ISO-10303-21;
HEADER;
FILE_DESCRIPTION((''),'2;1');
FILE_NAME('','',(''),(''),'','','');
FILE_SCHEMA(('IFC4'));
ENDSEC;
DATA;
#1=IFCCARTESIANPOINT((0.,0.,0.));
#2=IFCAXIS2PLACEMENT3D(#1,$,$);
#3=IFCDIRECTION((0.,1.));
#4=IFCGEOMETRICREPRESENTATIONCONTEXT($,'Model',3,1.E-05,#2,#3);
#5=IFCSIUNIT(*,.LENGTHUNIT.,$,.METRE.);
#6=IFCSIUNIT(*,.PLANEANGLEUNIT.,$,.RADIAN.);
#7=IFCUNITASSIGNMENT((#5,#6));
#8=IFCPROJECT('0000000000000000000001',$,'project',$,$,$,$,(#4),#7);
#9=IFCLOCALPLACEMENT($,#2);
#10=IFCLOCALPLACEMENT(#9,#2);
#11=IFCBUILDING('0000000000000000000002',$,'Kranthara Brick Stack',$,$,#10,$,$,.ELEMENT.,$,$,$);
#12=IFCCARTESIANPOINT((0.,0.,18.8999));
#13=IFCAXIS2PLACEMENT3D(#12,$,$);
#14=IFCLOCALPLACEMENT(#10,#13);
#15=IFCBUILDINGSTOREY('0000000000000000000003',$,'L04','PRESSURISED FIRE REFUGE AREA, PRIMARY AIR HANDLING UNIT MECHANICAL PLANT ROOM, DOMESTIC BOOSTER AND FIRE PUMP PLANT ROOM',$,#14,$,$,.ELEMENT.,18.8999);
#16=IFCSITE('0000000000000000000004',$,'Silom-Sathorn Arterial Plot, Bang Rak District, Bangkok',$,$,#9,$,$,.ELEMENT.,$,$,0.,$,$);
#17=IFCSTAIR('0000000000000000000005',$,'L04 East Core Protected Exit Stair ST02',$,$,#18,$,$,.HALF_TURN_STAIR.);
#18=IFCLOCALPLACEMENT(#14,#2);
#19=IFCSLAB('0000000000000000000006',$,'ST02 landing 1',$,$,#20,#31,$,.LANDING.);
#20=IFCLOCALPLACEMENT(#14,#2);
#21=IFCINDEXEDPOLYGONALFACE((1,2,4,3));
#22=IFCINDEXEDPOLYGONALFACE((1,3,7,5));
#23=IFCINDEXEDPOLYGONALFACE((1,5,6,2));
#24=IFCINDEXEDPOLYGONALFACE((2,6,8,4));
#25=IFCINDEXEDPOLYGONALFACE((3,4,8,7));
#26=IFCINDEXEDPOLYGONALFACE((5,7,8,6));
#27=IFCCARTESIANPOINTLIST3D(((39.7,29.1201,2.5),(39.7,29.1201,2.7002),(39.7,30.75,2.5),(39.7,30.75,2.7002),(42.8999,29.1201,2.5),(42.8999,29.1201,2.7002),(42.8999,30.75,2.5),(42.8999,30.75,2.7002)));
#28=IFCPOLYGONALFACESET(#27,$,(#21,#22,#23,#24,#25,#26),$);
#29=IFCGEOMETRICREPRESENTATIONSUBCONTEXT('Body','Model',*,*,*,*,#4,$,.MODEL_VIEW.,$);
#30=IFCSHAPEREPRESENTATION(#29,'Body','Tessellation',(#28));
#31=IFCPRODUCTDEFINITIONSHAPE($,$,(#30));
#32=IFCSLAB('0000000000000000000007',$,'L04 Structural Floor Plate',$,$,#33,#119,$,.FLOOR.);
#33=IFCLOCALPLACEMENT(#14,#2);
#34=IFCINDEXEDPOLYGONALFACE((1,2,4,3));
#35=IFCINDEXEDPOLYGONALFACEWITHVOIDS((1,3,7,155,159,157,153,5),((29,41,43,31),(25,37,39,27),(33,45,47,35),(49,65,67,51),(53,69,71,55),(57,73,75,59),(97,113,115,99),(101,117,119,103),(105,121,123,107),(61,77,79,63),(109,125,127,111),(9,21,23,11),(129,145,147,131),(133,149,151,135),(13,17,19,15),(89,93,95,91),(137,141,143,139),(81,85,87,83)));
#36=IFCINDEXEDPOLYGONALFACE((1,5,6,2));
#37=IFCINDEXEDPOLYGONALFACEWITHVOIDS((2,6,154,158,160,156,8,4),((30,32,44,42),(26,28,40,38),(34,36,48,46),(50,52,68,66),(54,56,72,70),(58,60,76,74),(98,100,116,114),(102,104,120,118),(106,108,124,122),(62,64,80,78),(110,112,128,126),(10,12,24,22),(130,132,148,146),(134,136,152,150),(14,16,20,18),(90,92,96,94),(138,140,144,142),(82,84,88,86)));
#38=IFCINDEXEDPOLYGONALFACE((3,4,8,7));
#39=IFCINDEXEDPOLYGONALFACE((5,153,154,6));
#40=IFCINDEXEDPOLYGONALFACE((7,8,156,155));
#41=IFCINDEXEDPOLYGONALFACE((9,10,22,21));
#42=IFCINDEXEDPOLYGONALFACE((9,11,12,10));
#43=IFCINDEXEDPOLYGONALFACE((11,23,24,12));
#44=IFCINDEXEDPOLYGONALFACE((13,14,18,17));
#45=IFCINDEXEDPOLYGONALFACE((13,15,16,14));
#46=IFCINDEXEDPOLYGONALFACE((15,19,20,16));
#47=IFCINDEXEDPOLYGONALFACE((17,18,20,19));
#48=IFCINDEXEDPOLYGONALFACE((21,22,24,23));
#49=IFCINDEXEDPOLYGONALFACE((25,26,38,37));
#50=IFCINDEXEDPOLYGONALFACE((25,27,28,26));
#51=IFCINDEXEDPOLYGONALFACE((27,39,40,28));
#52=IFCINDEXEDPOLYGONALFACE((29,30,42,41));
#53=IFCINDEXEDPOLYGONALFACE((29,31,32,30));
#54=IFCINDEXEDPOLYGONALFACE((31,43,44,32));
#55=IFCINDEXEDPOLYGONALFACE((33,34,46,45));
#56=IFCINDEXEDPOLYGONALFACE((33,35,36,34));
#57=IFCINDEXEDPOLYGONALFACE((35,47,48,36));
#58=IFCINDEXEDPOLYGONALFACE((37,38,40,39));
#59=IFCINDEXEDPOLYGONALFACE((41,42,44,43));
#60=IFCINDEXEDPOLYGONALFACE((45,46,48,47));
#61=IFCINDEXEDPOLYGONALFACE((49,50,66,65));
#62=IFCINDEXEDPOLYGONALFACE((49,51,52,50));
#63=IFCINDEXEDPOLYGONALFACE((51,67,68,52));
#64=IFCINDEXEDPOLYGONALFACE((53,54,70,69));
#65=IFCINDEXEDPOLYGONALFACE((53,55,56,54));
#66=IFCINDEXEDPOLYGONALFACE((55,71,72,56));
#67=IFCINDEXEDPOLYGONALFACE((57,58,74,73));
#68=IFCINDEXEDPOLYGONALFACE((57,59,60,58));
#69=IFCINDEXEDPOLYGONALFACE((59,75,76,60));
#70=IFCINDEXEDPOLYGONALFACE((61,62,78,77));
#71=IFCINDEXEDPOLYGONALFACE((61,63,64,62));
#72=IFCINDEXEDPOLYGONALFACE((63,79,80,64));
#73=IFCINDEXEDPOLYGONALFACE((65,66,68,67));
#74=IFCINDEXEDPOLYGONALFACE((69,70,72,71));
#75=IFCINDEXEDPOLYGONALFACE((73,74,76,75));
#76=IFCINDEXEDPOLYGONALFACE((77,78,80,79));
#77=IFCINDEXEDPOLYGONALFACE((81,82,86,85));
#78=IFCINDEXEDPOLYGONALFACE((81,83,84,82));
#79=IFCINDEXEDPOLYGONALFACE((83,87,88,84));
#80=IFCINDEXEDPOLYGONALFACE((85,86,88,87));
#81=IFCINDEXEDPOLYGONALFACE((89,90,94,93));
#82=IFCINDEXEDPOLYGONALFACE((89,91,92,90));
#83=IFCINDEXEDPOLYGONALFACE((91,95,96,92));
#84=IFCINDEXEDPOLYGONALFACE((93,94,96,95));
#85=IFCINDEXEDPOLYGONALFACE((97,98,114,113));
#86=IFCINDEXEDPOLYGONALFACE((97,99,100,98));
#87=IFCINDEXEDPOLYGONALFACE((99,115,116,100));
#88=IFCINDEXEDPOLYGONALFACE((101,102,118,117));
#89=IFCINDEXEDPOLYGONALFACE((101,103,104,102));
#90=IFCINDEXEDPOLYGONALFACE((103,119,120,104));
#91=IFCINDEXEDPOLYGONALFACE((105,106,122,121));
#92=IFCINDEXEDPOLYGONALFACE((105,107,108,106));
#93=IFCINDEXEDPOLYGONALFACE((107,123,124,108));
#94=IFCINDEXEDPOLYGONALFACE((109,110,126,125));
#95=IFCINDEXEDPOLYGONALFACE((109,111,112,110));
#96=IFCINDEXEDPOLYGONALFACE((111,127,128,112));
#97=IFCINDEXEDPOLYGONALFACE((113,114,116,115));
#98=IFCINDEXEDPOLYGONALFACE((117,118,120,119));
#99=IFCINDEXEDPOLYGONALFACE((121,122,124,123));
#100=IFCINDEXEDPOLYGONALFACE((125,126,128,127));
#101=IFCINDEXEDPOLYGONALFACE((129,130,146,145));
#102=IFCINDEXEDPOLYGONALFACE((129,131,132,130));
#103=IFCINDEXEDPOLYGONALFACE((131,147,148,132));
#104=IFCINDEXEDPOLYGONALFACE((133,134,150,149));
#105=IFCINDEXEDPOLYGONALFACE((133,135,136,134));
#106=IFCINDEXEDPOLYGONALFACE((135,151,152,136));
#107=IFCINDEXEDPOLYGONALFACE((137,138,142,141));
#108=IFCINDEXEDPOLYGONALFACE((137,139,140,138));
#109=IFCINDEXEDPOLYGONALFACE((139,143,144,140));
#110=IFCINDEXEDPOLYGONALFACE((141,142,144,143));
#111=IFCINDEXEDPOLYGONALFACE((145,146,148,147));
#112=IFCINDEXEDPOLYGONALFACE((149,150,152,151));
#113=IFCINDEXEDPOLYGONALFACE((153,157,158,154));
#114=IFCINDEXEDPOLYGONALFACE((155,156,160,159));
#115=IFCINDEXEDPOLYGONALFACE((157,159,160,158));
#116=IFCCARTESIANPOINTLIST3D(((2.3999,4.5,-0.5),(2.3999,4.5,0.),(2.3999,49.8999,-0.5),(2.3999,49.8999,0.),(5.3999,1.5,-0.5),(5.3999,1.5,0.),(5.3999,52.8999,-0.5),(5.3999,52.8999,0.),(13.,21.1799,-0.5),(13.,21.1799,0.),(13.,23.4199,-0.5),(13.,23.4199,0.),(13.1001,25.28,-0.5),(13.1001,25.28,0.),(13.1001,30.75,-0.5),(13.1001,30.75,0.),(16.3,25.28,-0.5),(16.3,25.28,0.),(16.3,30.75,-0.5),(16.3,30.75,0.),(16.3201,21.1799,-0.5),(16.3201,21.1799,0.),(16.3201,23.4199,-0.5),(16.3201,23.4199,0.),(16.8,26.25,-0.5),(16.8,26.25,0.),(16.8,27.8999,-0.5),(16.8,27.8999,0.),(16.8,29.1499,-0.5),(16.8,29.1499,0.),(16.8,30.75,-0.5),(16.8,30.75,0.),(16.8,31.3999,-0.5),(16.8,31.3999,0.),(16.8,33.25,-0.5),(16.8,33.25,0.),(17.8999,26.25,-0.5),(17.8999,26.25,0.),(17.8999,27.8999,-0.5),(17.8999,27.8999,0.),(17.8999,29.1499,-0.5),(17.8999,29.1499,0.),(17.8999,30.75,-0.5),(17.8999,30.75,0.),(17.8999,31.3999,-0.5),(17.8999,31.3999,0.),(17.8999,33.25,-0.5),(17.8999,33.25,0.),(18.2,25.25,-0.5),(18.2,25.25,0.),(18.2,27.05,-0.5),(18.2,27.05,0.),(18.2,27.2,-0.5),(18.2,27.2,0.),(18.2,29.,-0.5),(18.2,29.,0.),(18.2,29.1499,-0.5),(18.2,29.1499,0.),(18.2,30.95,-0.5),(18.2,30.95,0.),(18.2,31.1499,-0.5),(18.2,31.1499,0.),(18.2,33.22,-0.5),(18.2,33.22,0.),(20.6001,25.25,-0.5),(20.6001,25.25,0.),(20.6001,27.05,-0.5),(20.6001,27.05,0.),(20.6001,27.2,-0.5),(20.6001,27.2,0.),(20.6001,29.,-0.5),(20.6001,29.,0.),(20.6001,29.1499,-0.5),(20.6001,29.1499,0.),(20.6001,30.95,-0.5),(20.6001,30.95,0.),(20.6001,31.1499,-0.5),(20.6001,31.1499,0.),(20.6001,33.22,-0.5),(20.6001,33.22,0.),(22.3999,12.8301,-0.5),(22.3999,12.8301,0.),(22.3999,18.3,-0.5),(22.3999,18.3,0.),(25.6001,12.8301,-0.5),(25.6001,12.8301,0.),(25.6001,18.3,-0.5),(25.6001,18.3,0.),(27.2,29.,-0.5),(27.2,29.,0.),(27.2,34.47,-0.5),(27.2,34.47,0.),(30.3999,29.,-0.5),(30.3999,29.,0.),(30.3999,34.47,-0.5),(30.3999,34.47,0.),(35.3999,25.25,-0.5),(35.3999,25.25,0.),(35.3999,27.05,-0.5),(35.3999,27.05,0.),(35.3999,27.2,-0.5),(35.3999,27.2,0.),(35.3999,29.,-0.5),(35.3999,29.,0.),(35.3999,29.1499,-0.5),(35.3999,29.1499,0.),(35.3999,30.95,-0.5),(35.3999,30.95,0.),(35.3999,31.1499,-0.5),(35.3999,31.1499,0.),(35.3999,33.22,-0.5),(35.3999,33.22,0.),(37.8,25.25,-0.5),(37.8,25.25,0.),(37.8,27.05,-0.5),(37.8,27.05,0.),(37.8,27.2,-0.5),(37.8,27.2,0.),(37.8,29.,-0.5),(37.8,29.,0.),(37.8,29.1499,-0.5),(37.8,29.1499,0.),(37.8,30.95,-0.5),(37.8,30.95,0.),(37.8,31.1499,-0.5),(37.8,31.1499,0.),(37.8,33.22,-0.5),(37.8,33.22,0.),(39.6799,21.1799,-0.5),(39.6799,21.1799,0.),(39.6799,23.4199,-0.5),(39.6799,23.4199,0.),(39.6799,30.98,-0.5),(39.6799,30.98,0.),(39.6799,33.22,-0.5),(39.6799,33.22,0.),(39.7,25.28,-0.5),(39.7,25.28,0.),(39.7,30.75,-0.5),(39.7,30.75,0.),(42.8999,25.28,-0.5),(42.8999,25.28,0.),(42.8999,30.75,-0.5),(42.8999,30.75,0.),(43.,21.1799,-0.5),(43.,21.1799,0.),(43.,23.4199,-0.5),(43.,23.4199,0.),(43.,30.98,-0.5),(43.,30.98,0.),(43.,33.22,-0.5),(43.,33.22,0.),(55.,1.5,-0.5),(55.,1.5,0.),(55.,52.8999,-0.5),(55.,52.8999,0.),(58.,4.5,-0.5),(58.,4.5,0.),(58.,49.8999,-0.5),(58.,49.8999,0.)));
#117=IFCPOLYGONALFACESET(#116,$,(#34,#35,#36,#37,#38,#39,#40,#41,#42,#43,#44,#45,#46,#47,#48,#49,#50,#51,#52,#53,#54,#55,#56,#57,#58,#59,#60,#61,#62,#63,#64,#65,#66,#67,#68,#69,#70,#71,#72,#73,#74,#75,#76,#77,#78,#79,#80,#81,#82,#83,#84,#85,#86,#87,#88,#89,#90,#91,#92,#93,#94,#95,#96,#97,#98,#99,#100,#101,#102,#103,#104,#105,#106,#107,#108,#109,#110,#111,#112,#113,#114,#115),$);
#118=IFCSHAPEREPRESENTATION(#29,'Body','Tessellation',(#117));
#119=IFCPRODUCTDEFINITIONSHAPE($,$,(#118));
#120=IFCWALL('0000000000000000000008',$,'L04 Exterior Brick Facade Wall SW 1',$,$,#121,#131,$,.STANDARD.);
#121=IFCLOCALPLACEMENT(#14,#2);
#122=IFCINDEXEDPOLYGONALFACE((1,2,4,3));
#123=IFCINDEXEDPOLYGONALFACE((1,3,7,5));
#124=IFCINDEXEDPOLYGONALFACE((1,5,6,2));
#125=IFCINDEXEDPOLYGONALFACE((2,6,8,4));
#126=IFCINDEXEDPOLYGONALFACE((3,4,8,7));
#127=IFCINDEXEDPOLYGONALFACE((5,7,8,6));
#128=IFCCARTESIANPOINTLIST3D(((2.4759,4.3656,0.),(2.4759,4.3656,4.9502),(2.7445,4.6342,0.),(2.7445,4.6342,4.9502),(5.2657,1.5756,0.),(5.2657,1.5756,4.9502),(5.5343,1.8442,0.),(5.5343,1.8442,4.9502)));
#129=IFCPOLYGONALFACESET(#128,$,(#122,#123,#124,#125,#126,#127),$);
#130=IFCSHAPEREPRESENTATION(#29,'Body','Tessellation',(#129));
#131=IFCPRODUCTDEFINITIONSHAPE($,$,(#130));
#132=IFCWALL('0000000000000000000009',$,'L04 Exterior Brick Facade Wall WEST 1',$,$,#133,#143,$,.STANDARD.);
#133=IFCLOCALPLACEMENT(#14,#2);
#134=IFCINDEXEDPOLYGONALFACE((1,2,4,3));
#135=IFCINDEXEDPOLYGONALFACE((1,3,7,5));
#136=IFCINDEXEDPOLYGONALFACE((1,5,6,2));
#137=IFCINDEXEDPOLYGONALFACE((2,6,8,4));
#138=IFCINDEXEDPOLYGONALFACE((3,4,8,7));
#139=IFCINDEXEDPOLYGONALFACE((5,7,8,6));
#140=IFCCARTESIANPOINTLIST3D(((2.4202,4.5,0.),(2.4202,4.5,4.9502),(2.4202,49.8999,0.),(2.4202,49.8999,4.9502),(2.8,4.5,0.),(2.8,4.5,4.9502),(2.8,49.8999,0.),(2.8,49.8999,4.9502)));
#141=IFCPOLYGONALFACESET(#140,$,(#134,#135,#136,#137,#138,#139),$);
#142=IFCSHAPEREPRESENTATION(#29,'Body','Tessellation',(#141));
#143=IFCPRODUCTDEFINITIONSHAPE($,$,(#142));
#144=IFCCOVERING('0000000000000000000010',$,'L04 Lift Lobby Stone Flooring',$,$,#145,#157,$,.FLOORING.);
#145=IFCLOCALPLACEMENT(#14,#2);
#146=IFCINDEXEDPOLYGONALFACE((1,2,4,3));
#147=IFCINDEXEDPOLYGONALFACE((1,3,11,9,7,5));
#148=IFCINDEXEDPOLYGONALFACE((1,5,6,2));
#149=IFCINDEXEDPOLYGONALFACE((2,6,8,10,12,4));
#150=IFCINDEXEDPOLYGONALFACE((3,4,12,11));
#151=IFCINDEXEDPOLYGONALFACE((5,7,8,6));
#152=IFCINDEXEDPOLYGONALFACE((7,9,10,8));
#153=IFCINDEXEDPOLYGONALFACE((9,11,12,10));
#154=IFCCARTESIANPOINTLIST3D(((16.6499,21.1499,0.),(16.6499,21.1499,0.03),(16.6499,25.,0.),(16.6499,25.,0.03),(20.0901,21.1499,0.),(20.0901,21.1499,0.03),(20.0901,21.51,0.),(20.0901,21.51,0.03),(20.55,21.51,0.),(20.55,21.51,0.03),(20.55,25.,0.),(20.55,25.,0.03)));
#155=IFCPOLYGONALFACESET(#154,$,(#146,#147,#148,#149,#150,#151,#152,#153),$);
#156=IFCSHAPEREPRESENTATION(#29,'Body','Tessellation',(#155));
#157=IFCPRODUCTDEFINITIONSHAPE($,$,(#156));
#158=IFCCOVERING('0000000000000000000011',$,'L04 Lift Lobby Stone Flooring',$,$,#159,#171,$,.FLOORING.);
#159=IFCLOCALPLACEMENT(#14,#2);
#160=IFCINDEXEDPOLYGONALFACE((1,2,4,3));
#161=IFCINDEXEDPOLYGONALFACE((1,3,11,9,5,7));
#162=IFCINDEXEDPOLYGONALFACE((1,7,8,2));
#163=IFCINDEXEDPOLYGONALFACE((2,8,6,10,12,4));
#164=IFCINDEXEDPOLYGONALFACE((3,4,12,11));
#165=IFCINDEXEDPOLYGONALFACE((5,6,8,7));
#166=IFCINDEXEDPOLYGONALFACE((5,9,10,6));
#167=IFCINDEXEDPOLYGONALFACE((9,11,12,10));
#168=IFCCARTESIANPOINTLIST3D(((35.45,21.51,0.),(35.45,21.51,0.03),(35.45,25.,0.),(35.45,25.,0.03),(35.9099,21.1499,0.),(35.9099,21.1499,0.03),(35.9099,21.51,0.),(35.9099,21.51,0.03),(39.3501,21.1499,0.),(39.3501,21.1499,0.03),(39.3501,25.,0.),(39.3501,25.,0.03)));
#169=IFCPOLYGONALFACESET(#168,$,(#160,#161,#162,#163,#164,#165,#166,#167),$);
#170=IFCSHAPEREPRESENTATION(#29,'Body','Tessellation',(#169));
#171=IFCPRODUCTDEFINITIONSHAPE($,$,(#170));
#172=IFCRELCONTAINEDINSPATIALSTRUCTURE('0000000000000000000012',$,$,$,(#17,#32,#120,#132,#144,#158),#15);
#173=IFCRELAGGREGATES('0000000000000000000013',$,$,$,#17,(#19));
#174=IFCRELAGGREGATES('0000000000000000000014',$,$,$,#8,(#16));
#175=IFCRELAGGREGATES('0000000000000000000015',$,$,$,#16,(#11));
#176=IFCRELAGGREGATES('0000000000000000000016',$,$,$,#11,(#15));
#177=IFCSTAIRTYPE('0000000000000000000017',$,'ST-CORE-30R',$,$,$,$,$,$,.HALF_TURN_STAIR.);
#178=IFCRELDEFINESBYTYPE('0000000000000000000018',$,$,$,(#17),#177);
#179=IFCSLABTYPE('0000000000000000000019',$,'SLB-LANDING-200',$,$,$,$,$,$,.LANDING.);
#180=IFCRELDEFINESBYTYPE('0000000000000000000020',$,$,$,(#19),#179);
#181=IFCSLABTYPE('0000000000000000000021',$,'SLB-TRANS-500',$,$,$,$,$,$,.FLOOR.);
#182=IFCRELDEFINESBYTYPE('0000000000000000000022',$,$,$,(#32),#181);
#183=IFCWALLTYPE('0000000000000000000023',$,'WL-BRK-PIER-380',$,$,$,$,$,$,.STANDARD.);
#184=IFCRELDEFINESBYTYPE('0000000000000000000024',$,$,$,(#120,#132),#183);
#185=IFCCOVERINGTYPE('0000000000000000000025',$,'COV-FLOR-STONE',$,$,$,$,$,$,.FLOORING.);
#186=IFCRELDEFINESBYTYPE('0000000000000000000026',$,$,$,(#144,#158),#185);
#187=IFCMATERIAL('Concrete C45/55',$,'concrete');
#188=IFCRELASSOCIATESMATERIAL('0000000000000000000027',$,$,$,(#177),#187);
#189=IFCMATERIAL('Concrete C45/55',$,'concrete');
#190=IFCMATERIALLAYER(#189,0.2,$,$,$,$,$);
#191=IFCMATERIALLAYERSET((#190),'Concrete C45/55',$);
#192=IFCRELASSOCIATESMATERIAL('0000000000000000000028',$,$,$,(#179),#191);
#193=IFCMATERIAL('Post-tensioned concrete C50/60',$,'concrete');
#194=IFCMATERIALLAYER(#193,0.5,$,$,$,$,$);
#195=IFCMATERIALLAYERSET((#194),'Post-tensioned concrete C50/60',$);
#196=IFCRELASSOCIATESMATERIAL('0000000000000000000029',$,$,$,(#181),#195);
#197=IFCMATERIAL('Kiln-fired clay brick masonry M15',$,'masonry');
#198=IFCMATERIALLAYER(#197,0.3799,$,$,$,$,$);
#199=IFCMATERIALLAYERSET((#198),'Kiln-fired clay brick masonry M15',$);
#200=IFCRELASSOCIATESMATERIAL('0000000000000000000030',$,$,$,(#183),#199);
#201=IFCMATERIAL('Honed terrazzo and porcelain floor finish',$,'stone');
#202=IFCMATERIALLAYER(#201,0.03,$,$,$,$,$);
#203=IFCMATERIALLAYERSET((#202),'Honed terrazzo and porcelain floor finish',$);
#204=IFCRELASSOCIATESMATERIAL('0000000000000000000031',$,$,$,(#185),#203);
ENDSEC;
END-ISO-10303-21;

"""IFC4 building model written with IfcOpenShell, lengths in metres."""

from ifc_helpers import new_model, si_unit, direction, frame, frame_2d, origin, place, context, subcontext, project, spatial, polyline, rectangle, outline, extrude, material, layer, layer_set, type_object, element, aggregate, save


model = new_model("IFC4")

# Units and contexts
model_context = context("Model", 3, precision=1e-05, world=origin(), true_north=direction((0.0, 1.0)))
body_context = subcontext(model_context, "Body", "Model", "MODEL_VIEW")
ifc_project = project(units=[si_unit("LENGTHUNIT", "METRE"), si_unit("PLANEANGLEUNIT", "RADIAN")], contexts=[model_context])

# Site, building, storey
site_placement = place(None, origin())
site = spatial("IfcSite", under=ifc_project, at=site_placement, Name="Silom-Sathorn Arterial Plot, Bang Rak District, Bangkok", CompositionType="ELEMENT", RefElevation=0.0)
building_placement = place(site_placement, origin())
building = spatial("IfcBuilding", under=site, at=building_placement, Name="Kranthara Brick Stack", CompositionType="ELEMENT")
storey_placement = place(building_placement, frame((0.0, 0.0, 18.8999)))
storey = spatial("IfcBuildingStorey", under=building, at=storey_placement, Name="L04", Description="PRESSURISED FIRE REFUGE AREA, PRIMARY AIR HANDLING UNIT MECHANICAL PLANT ROOM, DOMESTIC BOOSTER AND FIRE PUMP PLANT ROOM", CompositionType="ELEMENT", Elevation=18.8999)

# Stair, slab
ifc_material_1 = material(Name="Concrete C45/55", Category="concrete")
stair_type = type_object("IfcStairType", Name="ST-CORE-30R", PredefinedType="HALF_TURN_STAIR", material=ifc_material_1)
ifc_material_2 = material(Name="Concrete C45/55", Category="concrete")
ifc_layer_1 = layer(ifc_material_2, 0.2)
ifc_layer_set_1 = layer_set([ifc_layer_1], Name="Concrete C45/55")
slab_type_1 = type_object("IfcSlabType", Name="SLB-LANDING-200", PredefinedType="LANDING", material=ifc_layer_set_1)
stair_1_placement = place(storey_placement, origin())
stair_1 = element("IfcStair", 1, at=stair_1_placement, inside=storey, type_object=stair_type, Name="L04 East Core Protected Exit Stair ST02", PredefinedType="HALF_TURN_STAIR")
slab_1_placement = place(storey_placement, frame((0.0, 0.0, 2.5)))
slab_1 = element("IfcSlab", 2, at=slab_1_placement, type_object=slab_type_1, Name="ST02 landing 1", PredefinedType="LANDING", context=body_context, shape_type="SweptSolid", body=[
    extrude(outline(polyline([(42.8999, 29.1201), (42.8999, 30.75), (39.7, 30.75), (39.7, 29.1201), (42.8999, 29.1201)])), origin(), (0.0, 0.0, 1.0), 0.2002),
])
aggregate(stair_1, [slab_1])

# Slab
ifc_material_3 = material(Name="Post-tensioned concrete C50/60", Category="concrete")
ifc_layer_2 = layer(ifc_material_3, 0.5)
ifc_layer_set_2 = layer_set([ifc_layer_2], Name="Post-tensioned concrete C50/60")
slab_type_2 = type_object("IfcSlabType", Name="SLB-TRANS-500", PredefinedType="FLOOR", material=ifc_layer_set_2)
slab_2_placement = place(storey_placement, frame((0.0, 0.0, -0.5)))
element("IfcSlab", 3, at=slab_2_placement, inside=storey, type_object=slab_type_2, Name="L04 Structural Floor Plate", PredefinedType="FLOOR", context=body_context, shape_type="SweptSolid", body=[
    extrude(outline(polyline([(5.3999, 1.5), (55.0, 1.5), (58.0, 4.5), (58.0, 49.8999), (55.0, 52.8999), (5.3999, 52.8999), (2.3999, 49.8999), (2.3999, 4.5), (5.3999, 1.5)]), holes=[polyline([(13.1001, 25.28), (16.3, 25.28), (16.3, 30.75), (13.1001, 30.75), (13.1001, 25.28)]), polyline([(39.7, 25.28), (42.8999, 25.28), (42.8999, 30.75), (39.7, 30.75), (39.7, 25.28)]), polyline([(22.3999, 12.8301), (25.6001, 12.8301), (25.6001, 18.3), (22.3999, 18.3), (22.3999, 12.8301)]), polyline([(27.2, 29.0), (30.3999, 29.0), (30.3999, 34.47), (27.2, 34.47), (27.2, 29.0)]), polyline([(13.0, 21.1799), (16.3201, 21.1799), (16.3201, 23.4199), (13.0, 23.4199), (13.0, 21.1799)]), polyline([(39.6799, 21.1799), (43.0, 21.1799), (43.0, 23.4199), (39.6799, 23.4199), (39.6799, 21.1799)]), polyline([(39.6799, 30.98), (43.0, 30.98), (43.0, 33.22), (39.6799, 33.22), (39.6799, 30.98)]), polyline([(18.2, 25.25), (20.6001, 25.25), (20.6001, 27.05), (18.2, 27.05), (18.2, 25.25)]), polyline([(18.2, 27.2), (20.6001, 27.2), (20.6001, 29.0), (18.2, 29.0), (18.2, 27.2)]), polyline([(18.2, 29.1499), (20.6001, 29.1499), (20.6001, 30.95), (18.2, 30.95), (18.2, 29.1499)]), polyline([(35.3999, 25.25), (37.8, 25.25), (37.8, 27.05), (35.3999, 27.05), (35.3999, 25.25)]), polyline([(35.3999, 27.2), (37.8, 27.2), (37.8, 29.0), (35.3999, 29.0), (35.3999, 27.2)]), polyline([(35.3999, 29.1499), (37.8, 29.1499), (37.8, 30.95), (35.3999, 30.95), (35.3999, 29.1499)]), polyline([(18.2, 31.1499), (20.6001, 31.1499), (20.6001, 33.22), (18.2, 33.22), (18.2, 31.1499)]), polyline([(35.3999, 31.1499), (37.8, 31.1499), (37.8, 33.22), (35.3999, 33.22), (35.3999, 31.1499)]), polyline([(16.8, 26.25), (17.8999, 26.25), (17.8999, 27.8999), (16.8, 27.8999), (16.8, 26.25)]), polyline([(16.8, 29.1499), (17.8999, 29.1499), (17.8999, 30.75), (16.8, 30.75), (16.8, 29.1499)]), polyline([(16.8, 31.3999), (17.8999, 31.3999), (17.8999, 33.25), (16.8, 33.25), (16.8, 31.3999)])]), origin(), (0.0, 0.0, 1.0), 0.5),
])

# Walls
ifc_material_4 = material(Name="Kiln-fired clay brick masonry M15", Category="masonry")
ifc_layer_3 = layer(ifc_material_4, 0.3799)
ifc_layer_set_3 = layer_set([ifc_layer_3], Name="Kiln-fired clay brick masonry M15")
wall_type = type_object("IfcWallType", Name="WL-BRK-PIER-380", PredefinedType="STANDARD", material=ifc_layer_set_3)
wall_1_placement = place(storey_placement, frame((5.3999, 1.71, 0.0), z_axis=(0.0, 0.0, 1.0), x_axis=(-0.707076, 0.707138, 0.0)))
element("IfcWall", 4, at=wall_1_placement, inside=storey, type_object=wall_type, Name="L04 Exterior Brick Facade Wall SW 1", PredefinedType="STANDARD", context=body_context, shape_type="SweptSolid", body=[
    extrude(rectangle(XDim=3.9456, YDim=0.3799, at=frame_2d((1.9727, 0.0))), origin(), (0.0, 0.0, 1.0), 4.9502),
])
wall_2_placement = place(storey_placement, frame((2.6101, 4.5, 0.0), z_axis=(0.0, 0.0, 1.0), x_axis=(0.0, 1.0, 0.0)))
element("IfcWall", 5, at=wall_2_placement, inside=storey, type_object=wall_type, Name="L04 Exterior Brick Facade Wall WEST 1", PredefinedType="STANDARD", context=body_context, shape_type="SweptSolid", body=[
    extrude(rectangle(XDim=45.3999, YDim=0.3799, at=frame_2d((22.7, 0.0))), origin(), (0.0, 0.0, 1.0), 4.9502),
])

# Coverings
ifc_material_5 = material(Name="Honed terrazzo and porcelain floor finish", Category="stone")
ifc_layer_4 = layer(ifc_material_5, 0.03)
ifc_layer_set_4 = layer_set([ifc_layer_4], Name="Honed terrazzo and porcelain floor finish")
covering_type = type_object("IfcCoveringType", Name="COV-FLOR-STONE", PredefinedType="FLOORING", material=ifc_layer_set_4)
covering_1_placement = place(storey_placement, origin())
element("IfcCovering", 6, at=covering_1_placement, inside=storey, type_object=covering_type, Name="L04 Lift Lobby Stone Flooring", PredefinedType="FLOORING", context=body_context, shape_type="SweptSolid", body=[
    extrude(outline(polyline([(16.6499, 21.1499), (16.6499, 25.0), (20.55, 25.0), (20.55, 21.51), (20.0901, 21.51), (20.0901, 21.1499), (16.6499, 21.1499)])), origin(), (0.0, 0.0, 1.0), 0.03),
])
covering_2_placement = place(storey_placement, origin())
element("IfcCovering", 7, at=covering_2_placement, inside=storey, type_object=covering_type, Name="L04 Lift Lobby Stone Flooring", PredefinedType="FLOORING", context=body_context, shape_type="SweptSolid", body=[
    extrude(outline(polyline([(35.45, 25.0), (39.3501, 25.0), (39.3501, 21.1499), (35.9099, 21.1499), (35.9099, 21.51), (35.45, 21.51), (35.45, 25.0)])), origin(), (0.0, 0.0, 1.0), 0.03),
])

save(model, "model.ifc")
